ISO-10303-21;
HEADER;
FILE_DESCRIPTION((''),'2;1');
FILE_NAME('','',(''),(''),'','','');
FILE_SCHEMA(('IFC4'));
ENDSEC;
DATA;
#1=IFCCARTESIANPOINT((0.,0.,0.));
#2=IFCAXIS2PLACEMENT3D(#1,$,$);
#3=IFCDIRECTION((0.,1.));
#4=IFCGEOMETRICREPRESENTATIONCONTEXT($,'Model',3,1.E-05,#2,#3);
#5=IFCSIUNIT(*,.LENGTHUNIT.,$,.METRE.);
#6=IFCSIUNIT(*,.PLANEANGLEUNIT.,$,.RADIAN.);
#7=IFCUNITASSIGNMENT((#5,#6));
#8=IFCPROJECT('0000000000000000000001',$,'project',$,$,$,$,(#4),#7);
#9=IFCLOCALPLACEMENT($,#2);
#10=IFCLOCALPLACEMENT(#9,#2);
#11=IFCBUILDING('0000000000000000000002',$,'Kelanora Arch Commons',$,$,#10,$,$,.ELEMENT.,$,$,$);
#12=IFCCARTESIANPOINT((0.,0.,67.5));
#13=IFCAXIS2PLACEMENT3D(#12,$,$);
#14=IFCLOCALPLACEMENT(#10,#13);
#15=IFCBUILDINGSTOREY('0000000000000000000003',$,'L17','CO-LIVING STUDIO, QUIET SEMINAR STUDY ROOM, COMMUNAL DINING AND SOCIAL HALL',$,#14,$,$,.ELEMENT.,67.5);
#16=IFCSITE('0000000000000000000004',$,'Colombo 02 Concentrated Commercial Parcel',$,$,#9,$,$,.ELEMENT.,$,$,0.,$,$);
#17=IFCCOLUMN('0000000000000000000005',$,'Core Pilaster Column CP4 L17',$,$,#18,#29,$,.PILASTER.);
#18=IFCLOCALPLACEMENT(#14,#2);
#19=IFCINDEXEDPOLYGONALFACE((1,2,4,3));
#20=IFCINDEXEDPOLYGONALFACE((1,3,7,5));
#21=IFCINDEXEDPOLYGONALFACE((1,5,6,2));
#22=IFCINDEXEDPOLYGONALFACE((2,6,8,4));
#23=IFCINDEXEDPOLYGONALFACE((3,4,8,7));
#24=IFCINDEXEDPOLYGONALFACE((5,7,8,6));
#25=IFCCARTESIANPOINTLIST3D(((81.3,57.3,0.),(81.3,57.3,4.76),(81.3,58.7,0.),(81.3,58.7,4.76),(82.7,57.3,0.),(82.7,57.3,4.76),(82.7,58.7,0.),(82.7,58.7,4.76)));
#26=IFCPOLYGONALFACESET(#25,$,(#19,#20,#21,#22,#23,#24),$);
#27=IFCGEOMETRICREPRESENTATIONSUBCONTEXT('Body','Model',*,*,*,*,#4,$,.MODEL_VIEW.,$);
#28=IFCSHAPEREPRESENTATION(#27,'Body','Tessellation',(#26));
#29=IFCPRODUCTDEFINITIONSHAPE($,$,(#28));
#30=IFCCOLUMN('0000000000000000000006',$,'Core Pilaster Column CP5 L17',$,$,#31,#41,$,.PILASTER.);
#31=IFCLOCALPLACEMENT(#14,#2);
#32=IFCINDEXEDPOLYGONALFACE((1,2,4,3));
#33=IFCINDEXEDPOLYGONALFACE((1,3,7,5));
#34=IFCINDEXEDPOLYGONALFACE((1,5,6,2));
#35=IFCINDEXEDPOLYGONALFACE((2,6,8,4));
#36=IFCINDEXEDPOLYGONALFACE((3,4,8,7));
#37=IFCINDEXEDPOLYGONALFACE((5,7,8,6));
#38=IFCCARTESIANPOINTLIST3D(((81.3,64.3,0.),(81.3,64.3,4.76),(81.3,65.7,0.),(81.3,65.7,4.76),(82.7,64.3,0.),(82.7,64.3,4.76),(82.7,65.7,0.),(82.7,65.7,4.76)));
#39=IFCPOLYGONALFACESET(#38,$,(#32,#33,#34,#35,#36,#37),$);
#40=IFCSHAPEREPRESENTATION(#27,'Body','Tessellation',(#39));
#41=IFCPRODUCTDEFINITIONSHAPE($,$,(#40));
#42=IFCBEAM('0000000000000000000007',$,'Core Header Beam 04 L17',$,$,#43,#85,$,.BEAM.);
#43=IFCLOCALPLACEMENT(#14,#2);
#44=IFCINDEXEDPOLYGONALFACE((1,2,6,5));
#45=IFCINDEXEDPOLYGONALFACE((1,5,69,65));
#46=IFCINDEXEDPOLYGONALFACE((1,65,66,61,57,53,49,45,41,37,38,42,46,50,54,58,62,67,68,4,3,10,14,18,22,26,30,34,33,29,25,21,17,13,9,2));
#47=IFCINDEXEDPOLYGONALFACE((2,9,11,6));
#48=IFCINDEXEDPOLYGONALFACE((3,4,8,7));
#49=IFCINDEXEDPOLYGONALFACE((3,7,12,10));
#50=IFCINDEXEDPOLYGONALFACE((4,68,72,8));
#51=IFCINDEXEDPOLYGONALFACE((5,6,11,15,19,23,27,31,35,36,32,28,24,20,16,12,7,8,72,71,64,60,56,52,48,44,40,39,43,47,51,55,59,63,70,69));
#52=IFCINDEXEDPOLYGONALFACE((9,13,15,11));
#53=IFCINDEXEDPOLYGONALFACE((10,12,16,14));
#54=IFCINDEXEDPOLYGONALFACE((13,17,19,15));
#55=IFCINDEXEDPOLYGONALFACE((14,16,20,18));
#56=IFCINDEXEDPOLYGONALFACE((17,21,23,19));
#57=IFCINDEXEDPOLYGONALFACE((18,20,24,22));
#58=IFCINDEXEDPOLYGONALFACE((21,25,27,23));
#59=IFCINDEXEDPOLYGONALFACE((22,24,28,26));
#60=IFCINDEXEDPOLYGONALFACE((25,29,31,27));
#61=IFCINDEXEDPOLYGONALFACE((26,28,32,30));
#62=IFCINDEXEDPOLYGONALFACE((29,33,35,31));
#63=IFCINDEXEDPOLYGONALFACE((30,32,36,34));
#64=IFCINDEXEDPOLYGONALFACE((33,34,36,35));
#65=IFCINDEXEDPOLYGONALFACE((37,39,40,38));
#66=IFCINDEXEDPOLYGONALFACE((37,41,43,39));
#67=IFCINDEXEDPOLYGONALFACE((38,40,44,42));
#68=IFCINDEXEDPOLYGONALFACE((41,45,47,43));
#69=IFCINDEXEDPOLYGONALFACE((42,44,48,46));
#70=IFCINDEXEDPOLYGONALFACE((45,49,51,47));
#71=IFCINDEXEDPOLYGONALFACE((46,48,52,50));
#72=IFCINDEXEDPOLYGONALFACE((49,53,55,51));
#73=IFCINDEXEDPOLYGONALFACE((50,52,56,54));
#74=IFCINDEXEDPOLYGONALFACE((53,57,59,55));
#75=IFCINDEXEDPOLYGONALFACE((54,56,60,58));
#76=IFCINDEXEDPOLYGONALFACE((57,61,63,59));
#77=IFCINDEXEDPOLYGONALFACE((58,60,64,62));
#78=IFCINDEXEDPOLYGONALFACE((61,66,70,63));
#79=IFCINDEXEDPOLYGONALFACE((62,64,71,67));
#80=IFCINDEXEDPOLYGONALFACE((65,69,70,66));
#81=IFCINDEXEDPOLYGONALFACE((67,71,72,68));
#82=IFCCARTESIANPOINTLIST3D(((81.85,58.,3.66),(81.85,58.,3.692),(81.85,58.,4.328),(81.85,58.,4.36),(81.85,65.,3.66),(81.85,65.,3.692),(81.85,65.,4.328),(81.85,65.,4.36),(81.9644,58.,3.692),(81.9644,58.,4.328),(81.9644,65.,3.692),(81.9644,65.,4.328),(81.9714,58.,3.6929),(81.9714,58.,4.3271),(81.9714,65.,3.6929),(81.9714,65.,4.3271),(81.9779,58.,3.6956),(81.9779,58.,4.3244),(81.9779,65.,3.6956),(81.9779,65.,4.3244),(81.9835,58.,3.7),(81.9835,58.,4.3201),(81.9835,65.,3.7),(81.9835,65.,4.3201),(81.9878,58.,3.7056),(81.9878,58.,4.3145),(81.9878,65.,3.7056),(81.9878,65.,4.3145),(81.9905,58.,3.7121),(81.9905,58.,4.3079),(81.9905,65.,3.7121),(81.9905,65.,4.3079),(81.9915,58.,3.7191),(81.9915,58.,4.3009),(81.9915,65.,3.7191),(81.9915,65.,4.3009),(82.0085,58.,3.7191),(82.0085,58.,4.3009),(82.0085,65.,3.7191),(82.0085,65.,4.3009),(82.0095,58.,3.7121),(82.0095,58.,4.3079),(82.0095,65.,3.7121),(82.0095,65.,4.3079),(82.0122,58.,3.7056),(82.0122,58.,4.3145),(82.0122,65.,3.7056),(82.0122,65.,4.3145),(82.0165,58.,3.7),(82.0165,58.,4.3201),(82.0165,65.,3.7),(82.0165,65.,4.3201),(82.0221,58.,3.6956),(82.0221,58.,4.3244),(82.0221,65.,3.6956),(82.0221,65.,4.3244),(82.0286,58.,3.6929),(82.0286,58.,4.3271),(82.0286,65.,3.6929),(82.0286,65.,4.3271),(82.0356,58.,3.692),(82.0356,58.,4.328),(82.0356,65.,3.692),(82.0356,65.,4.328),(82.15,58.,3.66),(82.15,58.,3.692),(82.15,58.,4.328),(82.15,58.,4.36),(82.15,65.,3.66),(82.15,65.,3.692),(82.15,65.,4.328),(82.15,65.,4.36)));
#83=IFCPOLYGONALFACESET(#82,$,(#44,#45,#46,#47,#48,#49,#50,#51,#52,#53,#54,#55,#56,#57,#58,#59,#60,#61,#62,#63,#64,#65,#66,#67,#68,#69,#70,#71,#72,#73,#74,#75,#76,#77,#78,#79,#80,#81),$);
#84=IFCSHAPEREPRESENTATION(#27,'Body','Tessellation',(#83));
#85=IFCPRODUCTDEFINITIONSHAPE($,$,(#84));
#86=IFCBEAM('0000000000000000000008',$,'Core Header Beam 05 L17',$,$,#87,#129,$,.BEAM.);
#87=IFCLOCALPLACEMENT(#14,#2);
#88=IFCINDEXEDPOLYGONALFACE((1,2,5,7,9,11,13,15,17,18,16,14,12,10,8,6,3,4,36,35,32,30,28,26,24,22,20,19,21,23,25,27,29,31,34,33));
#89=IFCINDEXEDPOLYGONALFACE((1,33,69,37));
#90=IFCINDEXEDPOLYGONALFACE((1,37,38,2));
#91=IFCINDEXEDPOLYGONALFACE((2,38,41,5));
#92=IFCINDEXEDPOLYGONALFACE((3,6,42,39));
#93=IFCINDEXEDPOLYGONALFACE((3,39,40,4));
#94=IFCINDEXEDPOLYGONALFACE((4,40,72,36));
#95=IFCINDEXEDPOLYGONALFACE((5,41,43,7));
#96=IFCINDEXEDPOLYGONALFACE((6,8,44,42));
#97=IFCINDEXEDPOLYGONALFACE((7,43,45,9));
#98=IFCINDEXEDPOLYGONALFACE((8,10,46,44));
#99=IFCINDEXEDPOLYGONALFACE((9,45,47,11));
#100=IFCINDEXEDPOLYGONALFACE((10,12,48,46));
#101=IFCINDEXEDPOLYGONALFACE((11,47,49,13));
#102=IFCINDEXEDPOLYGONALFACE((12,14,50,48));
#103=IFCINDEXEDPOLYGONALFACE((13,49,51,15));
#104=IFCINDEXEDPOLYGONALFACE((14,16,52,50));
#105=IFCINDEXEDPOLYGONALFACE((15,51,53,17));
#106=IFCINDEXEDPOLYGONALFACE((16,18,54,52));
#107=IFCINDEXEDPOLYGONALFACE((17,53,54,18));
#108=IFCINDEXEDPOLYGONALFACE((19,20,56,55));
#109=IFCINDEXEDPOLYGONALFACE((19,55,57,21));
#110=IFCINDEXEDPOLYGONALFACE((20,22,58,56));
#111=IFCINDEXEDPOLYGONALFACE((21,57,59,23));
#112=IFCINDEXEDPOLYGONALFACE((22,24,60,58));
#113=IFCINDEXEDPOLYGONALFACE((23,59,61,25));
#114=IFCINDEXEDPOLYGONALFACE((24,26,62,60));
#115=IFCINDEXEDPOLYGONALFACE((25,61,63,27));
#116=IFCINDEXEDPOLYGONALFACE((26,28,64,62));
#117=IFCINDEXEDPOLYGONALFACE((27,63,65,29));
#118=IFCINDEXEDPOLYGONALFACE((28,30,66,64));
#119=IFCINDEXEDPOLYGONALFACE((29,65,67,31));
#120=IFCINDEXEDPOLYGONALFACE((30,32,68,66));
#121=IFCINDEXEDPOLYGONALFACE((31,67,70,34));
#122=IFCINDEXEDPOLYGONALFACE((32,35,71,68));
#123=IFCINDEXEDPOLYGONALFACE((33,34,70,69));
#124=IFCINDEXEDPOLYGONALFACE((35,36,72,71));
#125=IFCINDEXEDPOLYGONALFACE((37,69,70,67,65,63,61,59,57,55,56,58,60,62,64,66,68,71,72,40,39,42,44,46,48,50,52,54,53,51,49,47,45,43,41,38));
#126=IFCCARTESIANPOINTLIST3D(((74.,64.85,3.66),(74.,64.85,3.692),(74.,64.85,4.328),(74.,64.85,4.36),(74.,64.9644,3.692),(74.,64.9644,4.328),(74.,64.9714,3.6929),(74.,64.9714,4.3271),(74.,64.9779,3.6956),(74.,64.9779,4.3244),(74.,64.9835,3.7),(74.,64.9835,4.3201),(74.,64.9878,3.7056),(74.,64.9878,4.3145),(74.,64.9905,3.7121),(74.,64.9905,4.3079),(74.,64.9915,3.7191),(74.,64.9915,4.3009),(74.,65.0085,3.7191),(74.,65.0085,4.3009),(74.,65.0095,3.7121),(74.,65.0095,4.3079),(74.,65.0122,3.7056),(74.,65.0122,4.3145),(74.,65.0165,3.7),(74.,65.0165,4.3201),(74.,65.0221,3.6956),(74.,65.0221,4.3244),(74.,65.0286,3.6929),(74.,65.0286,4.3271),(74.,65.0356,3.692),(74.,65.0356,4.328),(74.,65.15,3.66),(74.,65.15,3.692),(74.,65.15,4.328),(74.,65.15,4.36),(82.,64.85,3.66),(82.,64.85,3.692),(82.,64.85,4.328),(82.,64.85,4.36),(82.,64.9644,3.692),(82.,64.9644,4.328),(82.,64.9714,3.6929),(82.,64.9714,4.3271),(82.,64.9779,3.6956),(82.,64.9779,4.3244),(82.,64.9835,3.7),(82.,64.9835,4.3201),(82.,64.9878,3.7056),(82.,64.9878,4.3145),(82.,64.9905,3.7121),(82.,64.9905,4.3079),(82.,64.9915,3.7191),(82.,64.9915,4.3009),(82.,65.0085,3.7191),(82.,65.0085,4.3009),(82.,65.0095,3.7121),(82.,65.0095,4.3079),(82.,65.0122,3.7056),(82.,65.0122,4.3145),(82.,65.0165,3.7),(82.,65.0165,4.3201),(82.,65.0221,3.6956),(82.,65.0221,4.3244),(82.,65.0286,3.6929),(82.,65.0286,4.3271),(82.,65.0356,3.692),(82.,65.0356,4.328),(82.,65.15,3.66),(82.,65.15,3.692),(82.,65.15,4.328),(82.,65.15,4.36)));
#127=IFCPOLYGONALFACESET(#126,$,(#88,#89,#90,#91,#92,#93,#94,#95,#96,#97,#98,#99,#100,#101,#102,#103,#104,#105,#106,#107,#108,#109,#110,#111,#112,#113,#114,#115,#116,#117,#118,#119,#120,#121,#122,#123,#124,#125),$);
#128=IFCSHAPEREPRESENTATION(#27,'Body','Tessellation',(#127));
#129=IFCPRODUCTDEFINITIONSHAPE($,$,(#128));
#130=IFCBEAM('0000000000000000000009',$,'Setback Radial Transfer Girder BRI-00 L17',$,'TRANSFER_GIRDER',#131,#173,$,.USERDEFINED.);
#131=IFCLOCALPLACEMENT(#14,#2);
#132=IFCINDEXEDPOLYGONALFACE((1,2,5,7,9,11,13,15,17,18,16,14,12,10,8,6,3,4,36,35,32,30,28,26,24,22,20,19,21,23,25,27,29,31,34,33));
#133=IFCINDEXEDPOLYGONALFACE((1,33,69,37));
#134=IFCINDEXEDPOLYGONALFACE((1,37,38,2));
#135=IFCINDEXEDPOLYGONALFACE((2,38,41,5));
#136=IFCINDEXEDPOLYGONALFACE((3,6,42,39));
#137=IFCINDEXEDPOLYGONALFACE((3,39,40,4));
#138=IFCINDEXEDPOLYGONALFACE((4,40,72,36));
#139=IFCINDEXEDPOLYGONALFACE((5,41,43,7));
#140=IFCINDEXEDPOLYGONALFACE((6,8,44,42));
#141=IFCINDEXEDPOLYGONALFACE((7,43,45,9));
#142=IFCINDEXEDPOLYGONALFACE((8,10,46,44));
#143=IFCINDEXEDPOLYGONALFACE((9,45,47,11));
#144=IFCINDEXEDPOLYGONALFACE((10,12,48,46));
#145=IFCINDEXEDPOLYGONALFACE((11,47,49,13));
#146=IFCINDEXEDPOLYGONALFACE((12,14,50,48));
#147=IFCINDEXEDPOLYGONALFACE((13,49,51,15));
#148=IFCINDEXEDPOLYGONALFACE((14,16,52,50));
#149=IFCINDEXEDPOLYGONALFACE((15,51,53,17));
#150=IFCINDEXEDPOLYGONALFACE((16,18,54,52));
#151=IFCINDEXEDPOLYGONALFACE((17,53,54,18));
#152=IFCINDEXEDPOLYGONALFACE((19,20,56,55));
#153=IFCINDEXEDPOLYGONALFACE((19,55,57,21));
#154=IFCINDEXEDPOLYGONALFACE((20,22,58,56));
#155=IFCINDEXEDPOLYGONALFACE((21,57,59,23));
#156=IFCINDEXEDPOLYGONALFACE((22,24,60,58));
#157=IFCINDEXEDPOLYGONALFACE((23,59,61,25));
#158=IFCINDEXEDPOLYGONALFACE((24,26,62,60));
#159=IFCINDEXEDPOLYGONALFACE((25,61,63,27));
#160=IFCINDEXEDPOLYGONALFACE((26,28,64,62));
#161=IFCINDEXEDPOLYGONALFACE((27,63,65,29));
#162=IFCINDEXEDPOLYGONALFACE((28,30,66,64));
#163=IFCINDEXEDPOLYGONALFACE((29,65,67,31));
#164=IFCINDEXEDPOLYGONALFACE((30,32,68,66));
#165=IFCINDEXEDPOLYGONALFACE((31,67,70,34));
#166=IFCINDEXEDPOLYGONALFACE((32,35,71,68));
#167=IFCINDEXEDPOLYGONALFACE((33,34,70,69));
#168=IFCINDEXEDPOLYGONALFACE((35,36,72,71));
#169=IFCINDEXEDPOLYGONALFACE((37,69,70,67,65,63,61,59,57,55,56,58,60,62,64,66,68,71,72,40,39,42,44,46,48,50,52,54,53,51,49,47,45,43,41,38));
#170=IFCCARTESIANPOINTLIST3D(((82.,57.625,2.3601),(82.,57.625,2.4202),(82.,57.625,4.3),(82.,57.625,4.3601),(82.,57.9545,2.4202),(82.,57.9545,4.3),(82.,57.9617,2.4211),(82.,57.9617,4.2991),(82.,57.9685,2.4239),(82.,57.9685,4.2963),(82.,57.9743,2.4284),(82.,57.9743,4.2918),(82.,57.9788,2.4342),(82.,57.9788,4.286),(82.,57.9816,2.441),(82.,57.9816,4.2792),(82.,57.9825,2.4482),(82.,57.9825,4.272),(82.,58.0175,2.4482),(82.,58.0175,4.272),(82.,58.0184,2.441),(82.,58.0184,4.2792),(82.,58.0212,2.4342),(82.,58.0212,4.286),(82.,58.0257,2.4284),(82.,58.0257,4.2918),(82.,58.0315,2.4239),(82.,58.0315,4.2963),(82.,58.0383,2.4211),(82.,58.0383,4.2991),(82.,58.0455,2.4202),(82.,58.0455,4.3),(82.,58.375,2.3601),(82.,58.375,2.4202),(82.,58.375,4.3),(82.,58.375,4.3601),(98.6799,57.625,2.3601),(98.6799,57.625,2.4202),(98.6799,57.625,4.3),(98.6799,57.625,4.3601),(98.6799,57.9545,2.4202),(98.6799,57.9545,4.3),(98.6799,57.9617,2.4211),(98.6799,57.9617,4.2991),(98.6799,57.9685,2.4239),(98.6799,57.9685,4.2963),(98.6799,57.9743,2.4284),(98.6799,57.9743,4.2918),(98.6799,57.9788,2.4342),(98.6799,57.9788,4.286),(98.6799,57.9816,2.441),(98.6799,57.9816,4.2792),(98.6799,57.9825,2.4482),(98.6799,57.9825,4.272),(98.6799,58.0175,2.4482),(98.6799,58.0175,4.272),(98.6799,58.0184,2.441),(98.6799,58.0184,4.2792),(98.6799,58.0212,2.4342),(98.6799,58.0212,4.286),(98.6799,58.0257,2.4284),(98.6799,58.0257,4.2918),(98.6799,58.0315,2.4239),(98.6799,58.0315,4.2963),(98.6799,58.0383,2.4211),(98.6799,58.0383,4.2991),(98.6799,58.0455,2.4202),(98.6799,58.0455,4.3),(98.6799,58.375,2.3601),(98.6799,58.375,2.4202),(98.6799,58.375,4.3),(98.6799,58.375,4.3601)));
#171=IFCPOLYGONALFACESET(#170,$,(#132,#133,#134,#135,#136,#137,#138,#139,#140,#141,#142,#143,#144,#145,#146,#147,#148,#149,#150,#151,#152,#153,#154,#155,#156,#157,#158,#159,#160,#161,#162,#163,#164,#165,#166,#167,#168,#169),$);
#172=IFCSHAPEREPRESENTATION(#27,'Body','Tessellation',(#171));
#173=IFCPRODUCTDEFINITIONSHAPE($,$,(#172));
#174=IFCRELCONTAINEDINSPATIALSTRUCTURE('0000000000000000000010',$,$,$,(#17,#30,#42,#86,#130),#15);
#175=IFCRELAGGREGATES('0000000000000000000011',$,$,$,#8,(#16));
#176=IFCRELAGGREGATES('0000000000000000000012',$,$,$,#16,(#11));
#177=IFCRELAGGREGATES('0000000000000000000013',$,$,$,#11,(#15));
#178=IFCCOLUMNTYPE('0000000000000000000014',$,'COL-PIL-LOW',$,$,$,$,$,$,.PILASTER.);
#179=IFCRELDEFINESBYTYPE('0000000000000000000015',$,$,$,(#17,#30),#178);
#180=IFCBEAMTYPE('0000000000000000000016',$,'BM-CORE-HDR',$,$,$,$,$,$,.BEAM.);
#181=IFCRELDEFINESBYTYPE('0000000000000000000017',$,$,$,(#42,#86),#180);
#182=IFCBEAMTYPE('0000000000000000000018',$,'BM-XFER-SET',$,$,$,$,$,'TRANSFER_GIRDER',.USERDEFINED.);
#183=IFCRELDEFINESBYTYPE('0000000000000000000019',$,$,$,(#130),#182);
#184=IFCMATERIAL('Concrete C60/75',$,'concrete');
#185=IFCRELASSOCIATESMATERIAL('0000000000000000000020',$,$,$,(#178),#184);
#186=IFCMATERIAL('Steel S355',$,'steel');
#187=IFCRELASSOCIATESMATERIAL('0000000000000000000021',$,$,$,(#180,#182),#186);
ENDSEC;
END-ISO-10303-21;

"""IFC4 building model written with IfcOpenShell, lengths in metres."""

from ifc_helpers import new_model, si_unit, direction, frame, origin, origin_2d, place, context, subcontext, project, spatial, rectangle, i_section, extrude, material, material_profile, profile_set, type_object, element, save


model = new_model("IFC4")

# Units and contexts
model_context = context("Model", 3, precision=1e-05, world=origin(), true_north=direction((0.0, 1.0)))
body_context = subcontext(model_context, "Body", "Model", "MODEL_VIEW")
ifc_project = project(units=[si_unit("LENGTHUNIT", "METRE"), si_unit("PLANEANGLEUNIT", "RADIAN")], contexts=[model_context])

# Site, building, storey
site_placement = place(None, origin())
site = spatial("IfcSite", under=ifc_project, at=site_placement, Name="Colombo 02 Concentrated Commercial Parcel", CompositionType="ELEMENT", RefElevation=0.0)
building_placement = place(site_placement, origin())
building = spatial("IfcBuilding", under=site, at=building_placement, Name="Kelanora Arch Commons", CompositionType="ELEMENT")
storey_placement = place(building_placement, frame((0.0, 0.0, 67.5)))
storey = spatial("IfcBuildingStorey", under=building, at=storey_placement, Name="L17", Description="CO-LIVING STUDIO, QUIET SEMINAR STUDY ROOM, COMMUNAL DINING AND SOCIAL HALL", CompositionType="ELEMENT", Elevation=67.5)

# Columns
ifc_material_1 = material(Name="Concrete C60/75", Category="concrete")
ifc_material_profile_1 = material_profile(ifc_material_1, rectangle(XDim=1.3999, YDim=1.3999, at=origin_2d()), Name="RC1400x1400")
ifc_profile_set_1 = profile_set([ifc_material_profile_1], Name="Concrete C60/75")
column_type = type_object("IfcColumnType", Name="COL-PIL-LOW", PredefinedType="PILASTER", material=ifc_profile_set_1)
for number, where, z_axis, x_axis, name in (
    (1, (82.0, 58.0, 0.0), (0.0, 0.0, 1.0), (1.0, 0.0, 0.0), "Core Pilaster Column CP4 L17"),
    (2, (82.0, 65.0, 0.0), (0.0, 0.0, 1.0), (1.0, 0.0, 0.0), "Core Pilaster Column CP5 L17"),
):
    element("IfcColumn", number, at=place(storey_placement, frame(where, z_axis=z_axis, x_axis=x_axis)), inside=storey, type_object=column_type, Name=name, PredefinedType="PILASTER", context=body_context, shape_type="SweptSolid", body=[
        extrude(rectangle(XDim=1.3999, YDim=1.3999, at=origin_2d()), origin(), (0.0, 0.0, 1.0), 4.76),
    ])

# Beams
ifc_material_2 = material(Name="Steel S355", Category="steel")
ifc_material_profile_2 = material_profile(ifc_material_2, i_section(OverallWidth=0.3, OverallDepth=0.7, WebThickness=0.0171, FlangeThickness=0.032, FilletRadius=0.0271, at=origin_2d()), Name="HEB700")
ifc_profile_set_2 = profile_set([ifc_material_profile_2], Name="Steel S355")
beam_type_1 = type_object("IfcBeamType", Name="BM-CORE-HDR", PredefinedType="BEAM", material=ifc_profile_set_2)
beam_1_placement = place(storey_placement, frame((82.0, 58.0, 4.01), z_axis=(0.0, 1.0, 0.0), x_axis=(-1.0, 0.0, 0.0)))
element("IfcBeam", 3, at=beam_1_placement, inside=storey, type_object=beam_type_1, Name="Core Header Beam 04 L17", PredefinedType="BEAM", context=body_context, shape_type="SweptSolid", body=[
    extrude(i_section(OverallWidth=0.3, OverallDepth=0.7, WebThickness=0.0171, FlangeThickness=0.032, FilletRadius=0.0271, at=origin_2d()), origin(), (0.0, 0.0, 1.0), 7.0),
])
beam_2_placement = place(storey_placement, frame((82.0, 65.0, 4.01), z_axis=(-1.0, 0.0, 0.0), x_axis=(0.0, -1.0, 0.0)))
element("IfcBeam", 4, at=beam_2_placement, inside=storey, type_object=beam_type_1, Name="Core Header Beam 05 L17", PredefinedType="BEAM", context=body_context, shape_type="SweptSolid", body=[
    extrude(i_section(OverallWidth=0.3, OverallDepth=0.7, WebThickness=0.0171, FlangeThickness=0.032, FilletRadius=0.0271, at=origin_2d()), origin(), (0.0, 0.0, 1.0), 8.0),
])
ifc_material_profile_3 = material_profile(ifc_material_2, i_section(OverallWidth=0.75, OverallDepth=2.0, WebThickness=0.0349, FlangeThickness=0.0601, FilletRadius=0.0281, at=origin_2d()), Name="PG2000x750")
ifc_profile_set_3 = profile_set([ifc_material_profile_3], Name="Steel S355")
beam_type_2 = type_object("IfcBeamType", Name="BM-XFER-SET", ElementType="TRANSFER_GIRDER", PredefinedType="USERDEFINED", material=ifc_profile_set_3)
beam_3_placement = place(storey_placement, frame((82.0, 58.0, 3.3601), z_axis=(1.0, 0.0, 0.0), x_axis=(0.0, 1.0, 0.0)))
element("IfcBeam", 5, at=beam_3_placement, inside=storey, type_object=beam_type_2, Name="Setback Radial Transfer Girder BRI-00 L17", ObjectType="TRANSFER_GIRDER", PredefinedType="USERDEFINED", context=body_context, shape_type="SweptSolid", body=[
    extrude(i_section(OverallWidth=0.75, OverallDepth=2.0, WebThickness=0.0349, FlangeThickness=0.0601, FilletRadius=0.0281, at=origin_2d()), origin(), (0.0, 0.0, 1.0), 16.6799),
])

save(model, "model.ifc")
